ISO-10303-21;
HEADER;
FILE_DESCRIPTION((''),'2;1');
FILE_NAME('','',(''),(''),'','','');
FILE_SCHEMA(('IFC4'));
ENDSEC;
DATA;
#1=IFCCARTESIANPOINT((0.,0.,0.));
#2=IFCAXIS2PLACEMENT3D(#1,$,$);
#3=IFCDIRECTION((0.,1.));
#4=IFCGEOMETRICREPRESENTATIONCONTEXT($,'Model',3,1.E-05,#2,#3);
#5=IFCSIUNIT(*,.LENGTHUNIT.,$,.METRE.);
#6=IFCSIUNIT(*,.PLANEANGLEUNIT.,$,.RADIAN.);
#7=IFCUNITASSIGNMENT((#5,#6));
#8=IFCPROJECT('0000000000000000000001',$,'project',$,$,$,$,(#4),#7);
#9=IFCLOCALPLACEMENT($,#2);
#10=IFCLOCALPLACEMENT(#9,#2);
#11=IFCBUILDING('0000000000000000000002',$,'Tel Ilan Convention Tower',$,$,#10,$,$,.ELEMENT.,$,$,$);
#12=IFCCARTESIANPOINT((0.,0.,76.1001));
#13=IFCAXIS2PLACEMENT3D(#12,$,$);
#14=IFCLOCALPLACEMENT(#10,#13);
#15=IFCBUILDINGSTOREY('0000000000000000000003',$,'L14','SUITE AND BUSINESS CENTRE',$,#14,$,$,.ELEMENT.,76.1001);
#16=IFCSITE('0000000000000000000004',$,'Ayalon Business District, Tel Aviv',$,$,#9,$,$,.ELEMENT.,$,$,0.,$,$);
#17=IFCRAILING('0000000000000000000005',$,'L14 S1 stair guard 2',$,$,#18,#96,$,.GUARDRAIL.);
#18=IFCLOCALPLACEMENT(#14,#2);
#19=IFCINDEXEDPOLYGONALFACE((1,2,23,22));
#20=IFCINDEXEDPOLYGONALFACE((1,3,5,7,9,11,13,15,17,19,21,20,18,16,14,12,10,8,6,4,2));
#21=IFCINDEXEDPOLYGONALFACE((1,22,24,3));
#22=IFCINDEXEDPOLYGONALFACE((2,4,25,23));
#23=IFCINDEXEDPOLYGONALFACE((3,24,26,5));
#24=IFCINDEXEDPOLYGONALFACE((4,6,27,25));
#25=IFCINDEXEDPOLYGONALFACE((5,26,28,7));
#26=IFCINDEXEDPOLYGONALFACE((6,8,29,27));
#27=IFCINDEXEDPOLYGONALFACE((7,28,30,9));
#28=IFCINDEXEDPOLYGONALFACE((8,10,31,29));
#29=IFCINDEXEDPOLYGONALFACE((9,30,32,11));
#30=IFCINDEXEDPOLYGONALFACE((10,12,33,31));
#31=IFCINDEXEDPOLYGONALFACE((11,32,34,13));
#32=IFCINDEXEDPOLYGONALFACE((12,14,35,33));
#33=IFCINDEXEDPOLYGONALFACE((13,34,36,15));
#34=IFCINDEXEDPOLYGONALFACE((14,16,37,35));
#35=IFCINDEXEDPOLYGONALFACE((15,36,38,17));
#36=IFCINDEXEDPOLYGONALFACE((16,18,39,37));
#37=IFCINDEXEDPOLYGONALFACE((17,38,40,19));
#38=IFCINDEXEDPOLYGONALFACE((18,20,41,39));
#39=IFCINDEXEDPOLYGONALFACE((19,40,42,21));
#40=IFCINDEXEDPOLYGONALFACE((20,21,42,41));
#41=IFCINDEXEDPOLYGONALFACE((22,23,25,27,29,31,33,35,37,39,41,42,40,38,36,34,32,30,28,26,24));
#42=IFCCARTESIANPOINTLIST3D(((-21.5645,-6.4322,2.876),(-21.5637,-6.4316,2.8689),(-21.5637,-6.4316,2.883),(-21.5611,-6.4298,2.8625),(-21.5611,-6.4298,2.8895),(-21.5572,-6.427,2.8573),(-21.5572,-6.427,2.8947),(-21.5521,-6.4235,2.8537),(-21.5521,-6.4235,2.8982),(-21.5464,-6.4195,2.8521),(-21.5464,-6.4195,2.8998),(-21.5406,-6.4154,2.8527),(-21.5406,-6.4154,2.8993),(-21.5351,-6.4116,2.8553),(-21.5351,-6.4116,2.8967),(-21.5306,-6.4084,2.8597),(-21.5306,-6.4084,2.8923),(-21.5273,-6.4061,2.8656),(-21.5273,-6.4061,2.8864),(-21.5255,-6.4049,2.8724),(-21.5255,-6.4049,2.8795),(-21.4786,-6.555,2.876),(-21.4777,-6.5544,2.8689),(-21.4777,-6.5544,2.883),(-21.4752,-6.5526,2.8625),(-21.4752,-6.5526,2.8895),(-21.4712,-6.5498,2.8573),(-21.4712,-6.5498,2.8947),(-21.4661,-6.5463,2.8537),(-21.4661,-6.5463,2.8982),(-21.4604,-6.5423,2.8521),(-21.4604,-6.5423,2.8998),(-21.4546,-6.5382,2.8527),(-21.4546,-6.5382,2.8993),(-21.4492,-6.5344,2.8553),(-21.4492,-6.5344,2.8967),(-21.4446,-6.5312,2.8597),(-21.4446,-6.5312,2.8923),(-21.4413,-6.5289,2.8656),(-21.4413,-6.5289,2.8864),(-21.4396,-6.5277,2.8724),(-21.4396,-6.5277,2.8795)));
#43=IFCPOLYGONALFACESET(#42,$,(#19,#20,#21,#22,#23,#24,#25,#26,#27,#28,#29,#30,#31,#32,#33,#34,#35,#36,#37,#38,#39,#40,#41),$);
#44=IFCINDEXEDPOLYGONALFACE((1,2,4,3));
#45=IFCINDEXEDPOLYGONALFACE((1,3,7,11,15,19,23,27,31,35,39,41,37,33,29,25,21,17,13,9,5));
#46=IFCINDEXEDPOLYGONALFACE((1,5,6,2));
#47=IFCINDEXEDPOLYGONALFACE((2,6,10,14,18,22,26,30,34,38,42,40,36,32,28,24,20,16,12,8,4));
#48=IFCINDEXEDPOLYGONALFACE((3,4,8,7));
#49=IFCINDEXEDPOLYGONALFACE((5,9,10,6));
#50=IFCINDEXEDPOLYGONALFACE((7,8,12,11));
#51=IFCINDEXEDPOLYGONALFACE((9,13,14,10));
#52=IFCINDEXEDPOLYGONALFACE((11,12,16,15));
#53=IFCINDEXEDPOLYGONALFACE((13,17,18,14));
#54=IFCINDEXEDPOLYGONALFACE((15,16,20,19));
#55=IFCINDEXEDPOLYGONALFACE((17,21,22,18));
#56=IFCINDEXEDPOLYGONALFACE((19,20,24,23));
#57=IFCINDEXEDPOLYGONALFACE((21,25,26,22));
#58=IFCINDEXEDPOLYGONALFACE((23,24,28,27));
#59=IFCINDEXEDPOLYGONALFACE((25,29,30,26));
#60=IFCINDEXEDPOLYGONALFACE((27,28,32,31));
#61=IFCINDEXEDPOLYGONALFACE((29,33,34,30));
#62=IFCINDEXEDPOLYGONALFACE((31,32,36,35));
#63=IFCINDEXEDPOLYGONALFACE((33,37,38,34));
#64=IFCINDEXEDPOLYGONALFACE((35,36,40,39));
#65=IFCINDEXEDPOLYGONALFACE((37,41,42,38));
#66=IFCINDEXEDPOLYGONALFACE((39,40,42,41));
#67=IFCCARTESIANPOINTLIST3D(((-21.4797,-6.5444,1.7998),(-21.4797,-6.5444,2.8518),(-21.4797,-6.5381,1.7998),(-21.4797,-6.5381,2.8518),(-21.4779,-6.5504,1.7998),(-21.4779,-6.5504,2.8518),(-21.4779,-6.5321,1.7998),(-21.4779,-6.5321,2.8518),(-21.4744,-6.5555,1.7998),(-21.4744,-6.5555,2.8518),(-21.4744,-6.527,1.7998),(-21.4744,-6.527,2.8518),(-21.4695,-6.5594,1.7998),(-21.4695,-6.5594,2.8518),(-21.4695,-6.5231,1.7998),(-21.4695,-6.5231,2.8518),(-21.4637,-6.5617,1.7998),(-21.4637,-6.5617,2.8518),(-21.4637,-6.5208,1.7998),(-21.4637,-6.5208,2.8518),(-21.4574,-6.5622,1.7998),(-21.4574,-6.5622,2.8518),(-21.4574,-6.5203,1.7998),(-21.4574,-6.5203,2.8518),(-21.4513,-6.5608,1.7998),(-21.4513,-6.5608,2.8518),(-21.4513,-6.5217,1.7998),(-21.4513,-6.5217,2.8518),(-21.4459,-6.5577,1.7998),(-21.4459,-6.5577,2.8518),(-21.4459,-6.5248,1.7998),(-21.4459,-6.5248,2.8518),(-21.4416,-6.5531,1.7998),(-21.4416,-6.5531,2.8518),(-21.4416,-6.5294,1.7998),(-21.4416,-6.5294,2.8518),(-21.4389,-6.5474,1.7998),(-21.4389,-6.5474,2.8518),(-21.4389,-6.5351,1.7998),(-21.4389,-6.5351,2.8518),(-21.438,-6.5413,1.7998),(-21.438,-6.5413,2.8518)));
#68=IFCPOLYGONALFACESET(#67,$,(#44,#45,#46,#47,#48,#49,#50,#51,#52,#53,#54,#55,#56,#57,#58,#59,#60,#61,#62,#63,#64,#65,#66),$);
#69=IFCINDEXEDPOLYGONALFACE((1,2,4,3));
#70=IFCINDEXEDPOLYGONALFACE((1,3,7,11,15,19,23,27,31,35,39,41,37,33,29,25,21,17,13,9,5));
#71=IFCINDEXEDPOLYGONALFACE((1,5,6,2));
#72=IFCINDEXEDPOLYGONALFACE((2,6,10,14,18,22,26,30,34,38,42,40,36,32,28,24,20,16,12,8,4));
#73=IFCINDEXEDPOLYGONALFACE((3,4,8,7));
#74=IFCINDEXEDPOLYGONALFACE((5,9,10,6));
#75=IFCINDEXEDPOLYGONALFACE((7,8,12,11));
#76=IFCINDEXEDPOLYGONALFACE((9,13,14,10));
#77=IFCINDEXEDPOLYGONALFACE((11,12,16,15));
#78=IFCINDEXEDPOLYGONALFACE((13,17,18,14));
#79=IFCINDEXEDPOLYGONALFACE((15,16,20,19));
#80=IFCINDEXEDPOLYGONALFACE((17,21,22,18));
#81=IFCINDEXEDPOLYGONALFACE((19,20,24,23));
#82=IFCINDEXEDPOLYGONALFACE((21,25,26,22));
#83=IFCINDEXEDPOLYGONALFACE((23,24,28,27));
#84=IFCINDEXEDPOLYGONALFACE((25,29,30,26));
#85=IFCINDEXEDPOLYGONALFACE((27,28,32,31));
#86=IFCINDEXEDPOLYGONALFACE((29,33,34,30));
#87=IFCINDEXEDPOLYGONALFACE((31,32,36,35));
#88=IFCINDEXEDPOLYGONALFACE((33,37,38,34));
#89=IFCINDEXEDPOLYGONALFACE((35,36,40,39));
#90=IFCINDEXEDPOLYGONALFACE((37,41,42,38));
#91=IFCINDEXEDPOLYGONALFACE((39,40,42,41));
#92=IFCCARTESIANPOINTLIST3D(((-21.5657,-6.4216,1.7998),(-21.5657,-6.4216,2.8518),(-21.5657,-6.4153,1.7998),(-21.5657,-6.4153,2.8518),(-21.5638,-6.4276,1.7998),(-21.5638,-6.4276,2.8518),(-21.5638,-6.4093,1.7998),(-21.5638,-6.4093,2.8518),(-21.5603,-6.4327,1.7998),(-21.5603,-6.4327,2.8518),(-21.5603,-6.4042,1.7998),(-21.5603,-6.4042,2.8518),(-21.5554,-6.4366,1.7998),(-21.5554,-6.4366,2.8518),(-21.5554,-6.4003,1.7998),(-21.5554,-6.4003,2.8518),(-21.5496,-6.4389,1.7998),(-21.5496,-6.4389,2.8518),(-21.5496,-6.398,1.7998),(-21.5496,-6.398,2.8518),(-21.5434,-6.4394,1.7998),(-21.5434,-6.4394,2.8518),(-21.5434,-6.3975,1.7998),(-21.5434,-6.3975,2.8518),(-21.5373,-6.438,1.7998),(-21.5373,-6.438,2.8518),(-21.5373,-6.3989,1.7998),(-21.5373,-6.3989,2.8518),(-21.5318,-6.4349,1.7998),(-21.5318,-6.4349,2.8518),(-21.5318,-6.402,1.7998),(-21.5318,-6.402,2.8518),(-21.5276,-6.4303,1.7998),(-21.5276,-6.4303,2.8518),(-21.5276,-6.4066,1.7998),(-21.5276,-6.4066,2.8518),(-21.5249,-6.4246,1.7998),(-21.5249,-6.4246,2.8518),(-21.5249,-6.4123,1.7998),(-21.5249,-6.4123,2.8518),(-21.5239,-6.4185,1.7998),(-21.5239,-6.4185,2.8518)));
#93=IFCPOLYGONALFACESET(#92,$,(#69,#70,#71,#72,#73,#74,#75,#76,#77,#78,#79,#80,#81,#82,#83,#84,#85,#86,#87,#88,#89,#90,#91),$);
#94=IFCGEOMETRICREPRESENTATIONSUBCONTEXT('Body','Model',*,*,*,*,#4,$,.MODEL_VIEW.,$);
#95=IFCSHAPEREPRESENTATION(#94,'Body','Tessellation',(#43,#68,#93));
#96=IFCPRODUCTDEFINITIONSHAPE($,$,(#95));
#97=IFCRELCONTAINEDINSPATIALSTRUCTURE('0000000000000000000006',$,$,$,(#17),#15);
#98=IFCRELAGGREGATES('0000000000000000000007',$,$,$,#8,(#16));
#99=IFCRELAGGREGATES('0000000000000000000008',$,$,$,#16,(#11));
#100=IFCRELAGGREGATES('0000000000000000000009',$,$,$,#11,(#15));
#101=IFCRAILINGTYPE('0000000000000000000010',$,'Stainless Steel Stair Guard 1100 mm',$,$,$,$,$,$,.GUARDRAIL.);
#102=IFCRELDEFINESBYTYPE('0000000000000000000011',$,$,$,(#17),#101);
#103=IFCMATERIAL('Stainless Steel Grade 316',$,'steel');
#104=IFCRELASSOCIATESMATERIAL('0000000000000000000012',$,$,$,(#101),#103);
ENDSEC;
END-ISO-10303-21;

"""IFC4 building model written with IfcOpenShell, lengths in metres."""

from ifc_helpers import new_model, si_unit, direction, frame, origin, origin_2d, place, context, subcontext, project, spatial, circle, extrude, material, type_object, element, save


model = new_model("IFC4")

# Units and contexts
model_context = context("Model", 3, precision=1e-05, world=origin(), true_north=direction((0.0, 1.0)))
body_context = subcontext(model_context, "Body", "Model", "MODEL_VIEW")
ifc_project = project(units=[si_unit("LENGTHUNIT", "METRE"), si_unit("PLANEANGLEUNIT", "RADIAN")], contexts=[model_context])

# Site, building, storey
site_placement = place(None, origin())
site = spatial("IfcSite", under=ifc_project, at=site_placement, Name="Ayalon Business District, Tel Aviv", CompositionType="ELEMENT", RefElevation=0.0)
building_placement = place(site_placement, origin())
building = spatial("IfcBuilding", under=site, at=building_placement, Name="Tel Ilan Convention Tower", CompositionType="ELEMENT")
storey_placement = place(building_placement, frame((0.0, 0.0, 76.1001)))
storey = spatial("IfcBuildingStorey", under=building, at=storey_placement, Name="L14", Description="SUITE AND BUSINESS CENTRE", CompositionType="ELEMENT", Elevation=76.1001)

# Railing
ifc_material_1 = material(Name="Stainless Steel Grade 316", Category="steel")
railing_type_1 = type_object("IfcRailingType", Name="Stainless Steel Stair Guard 1100 mm", PredefinedType="GUARDRAIL", material=ifc_material_1)
railing_1_placement = place(storey_placement, frame((-21.459, -6.5413, 1.7998)))
element("IfcRailing", 1, at=railing_1_placement, inside=storey, type_object=railing_type_1, Name="L14 S1 stair guard 2", PredefinedType="GUARDRAIL", context=body_context, shape_type="SweptSolid", body=[
    extrude(circle(Radius=0.0239, at=origin_2d()), frame((0.0, 0.0, 1.0762), z_axis=(-0.573353, 0.819308, 0.0), x_axis=(-0.819308, -0.573353, 0.0)), (0.0, 0.0, 1.0), 0.1499),
    extrude(circle(Radius=0.021, at=origin_2d()), origin(), (0.0, 0.0, 1.0), 1.052),
    extrude(circle(Radius=0.021, at=origin_2d()), frame((-0.0859, 0.1228, 0.0)), (0.0, 0.0, 1.0), 1.052),
])

save(model, "model.ifc")
